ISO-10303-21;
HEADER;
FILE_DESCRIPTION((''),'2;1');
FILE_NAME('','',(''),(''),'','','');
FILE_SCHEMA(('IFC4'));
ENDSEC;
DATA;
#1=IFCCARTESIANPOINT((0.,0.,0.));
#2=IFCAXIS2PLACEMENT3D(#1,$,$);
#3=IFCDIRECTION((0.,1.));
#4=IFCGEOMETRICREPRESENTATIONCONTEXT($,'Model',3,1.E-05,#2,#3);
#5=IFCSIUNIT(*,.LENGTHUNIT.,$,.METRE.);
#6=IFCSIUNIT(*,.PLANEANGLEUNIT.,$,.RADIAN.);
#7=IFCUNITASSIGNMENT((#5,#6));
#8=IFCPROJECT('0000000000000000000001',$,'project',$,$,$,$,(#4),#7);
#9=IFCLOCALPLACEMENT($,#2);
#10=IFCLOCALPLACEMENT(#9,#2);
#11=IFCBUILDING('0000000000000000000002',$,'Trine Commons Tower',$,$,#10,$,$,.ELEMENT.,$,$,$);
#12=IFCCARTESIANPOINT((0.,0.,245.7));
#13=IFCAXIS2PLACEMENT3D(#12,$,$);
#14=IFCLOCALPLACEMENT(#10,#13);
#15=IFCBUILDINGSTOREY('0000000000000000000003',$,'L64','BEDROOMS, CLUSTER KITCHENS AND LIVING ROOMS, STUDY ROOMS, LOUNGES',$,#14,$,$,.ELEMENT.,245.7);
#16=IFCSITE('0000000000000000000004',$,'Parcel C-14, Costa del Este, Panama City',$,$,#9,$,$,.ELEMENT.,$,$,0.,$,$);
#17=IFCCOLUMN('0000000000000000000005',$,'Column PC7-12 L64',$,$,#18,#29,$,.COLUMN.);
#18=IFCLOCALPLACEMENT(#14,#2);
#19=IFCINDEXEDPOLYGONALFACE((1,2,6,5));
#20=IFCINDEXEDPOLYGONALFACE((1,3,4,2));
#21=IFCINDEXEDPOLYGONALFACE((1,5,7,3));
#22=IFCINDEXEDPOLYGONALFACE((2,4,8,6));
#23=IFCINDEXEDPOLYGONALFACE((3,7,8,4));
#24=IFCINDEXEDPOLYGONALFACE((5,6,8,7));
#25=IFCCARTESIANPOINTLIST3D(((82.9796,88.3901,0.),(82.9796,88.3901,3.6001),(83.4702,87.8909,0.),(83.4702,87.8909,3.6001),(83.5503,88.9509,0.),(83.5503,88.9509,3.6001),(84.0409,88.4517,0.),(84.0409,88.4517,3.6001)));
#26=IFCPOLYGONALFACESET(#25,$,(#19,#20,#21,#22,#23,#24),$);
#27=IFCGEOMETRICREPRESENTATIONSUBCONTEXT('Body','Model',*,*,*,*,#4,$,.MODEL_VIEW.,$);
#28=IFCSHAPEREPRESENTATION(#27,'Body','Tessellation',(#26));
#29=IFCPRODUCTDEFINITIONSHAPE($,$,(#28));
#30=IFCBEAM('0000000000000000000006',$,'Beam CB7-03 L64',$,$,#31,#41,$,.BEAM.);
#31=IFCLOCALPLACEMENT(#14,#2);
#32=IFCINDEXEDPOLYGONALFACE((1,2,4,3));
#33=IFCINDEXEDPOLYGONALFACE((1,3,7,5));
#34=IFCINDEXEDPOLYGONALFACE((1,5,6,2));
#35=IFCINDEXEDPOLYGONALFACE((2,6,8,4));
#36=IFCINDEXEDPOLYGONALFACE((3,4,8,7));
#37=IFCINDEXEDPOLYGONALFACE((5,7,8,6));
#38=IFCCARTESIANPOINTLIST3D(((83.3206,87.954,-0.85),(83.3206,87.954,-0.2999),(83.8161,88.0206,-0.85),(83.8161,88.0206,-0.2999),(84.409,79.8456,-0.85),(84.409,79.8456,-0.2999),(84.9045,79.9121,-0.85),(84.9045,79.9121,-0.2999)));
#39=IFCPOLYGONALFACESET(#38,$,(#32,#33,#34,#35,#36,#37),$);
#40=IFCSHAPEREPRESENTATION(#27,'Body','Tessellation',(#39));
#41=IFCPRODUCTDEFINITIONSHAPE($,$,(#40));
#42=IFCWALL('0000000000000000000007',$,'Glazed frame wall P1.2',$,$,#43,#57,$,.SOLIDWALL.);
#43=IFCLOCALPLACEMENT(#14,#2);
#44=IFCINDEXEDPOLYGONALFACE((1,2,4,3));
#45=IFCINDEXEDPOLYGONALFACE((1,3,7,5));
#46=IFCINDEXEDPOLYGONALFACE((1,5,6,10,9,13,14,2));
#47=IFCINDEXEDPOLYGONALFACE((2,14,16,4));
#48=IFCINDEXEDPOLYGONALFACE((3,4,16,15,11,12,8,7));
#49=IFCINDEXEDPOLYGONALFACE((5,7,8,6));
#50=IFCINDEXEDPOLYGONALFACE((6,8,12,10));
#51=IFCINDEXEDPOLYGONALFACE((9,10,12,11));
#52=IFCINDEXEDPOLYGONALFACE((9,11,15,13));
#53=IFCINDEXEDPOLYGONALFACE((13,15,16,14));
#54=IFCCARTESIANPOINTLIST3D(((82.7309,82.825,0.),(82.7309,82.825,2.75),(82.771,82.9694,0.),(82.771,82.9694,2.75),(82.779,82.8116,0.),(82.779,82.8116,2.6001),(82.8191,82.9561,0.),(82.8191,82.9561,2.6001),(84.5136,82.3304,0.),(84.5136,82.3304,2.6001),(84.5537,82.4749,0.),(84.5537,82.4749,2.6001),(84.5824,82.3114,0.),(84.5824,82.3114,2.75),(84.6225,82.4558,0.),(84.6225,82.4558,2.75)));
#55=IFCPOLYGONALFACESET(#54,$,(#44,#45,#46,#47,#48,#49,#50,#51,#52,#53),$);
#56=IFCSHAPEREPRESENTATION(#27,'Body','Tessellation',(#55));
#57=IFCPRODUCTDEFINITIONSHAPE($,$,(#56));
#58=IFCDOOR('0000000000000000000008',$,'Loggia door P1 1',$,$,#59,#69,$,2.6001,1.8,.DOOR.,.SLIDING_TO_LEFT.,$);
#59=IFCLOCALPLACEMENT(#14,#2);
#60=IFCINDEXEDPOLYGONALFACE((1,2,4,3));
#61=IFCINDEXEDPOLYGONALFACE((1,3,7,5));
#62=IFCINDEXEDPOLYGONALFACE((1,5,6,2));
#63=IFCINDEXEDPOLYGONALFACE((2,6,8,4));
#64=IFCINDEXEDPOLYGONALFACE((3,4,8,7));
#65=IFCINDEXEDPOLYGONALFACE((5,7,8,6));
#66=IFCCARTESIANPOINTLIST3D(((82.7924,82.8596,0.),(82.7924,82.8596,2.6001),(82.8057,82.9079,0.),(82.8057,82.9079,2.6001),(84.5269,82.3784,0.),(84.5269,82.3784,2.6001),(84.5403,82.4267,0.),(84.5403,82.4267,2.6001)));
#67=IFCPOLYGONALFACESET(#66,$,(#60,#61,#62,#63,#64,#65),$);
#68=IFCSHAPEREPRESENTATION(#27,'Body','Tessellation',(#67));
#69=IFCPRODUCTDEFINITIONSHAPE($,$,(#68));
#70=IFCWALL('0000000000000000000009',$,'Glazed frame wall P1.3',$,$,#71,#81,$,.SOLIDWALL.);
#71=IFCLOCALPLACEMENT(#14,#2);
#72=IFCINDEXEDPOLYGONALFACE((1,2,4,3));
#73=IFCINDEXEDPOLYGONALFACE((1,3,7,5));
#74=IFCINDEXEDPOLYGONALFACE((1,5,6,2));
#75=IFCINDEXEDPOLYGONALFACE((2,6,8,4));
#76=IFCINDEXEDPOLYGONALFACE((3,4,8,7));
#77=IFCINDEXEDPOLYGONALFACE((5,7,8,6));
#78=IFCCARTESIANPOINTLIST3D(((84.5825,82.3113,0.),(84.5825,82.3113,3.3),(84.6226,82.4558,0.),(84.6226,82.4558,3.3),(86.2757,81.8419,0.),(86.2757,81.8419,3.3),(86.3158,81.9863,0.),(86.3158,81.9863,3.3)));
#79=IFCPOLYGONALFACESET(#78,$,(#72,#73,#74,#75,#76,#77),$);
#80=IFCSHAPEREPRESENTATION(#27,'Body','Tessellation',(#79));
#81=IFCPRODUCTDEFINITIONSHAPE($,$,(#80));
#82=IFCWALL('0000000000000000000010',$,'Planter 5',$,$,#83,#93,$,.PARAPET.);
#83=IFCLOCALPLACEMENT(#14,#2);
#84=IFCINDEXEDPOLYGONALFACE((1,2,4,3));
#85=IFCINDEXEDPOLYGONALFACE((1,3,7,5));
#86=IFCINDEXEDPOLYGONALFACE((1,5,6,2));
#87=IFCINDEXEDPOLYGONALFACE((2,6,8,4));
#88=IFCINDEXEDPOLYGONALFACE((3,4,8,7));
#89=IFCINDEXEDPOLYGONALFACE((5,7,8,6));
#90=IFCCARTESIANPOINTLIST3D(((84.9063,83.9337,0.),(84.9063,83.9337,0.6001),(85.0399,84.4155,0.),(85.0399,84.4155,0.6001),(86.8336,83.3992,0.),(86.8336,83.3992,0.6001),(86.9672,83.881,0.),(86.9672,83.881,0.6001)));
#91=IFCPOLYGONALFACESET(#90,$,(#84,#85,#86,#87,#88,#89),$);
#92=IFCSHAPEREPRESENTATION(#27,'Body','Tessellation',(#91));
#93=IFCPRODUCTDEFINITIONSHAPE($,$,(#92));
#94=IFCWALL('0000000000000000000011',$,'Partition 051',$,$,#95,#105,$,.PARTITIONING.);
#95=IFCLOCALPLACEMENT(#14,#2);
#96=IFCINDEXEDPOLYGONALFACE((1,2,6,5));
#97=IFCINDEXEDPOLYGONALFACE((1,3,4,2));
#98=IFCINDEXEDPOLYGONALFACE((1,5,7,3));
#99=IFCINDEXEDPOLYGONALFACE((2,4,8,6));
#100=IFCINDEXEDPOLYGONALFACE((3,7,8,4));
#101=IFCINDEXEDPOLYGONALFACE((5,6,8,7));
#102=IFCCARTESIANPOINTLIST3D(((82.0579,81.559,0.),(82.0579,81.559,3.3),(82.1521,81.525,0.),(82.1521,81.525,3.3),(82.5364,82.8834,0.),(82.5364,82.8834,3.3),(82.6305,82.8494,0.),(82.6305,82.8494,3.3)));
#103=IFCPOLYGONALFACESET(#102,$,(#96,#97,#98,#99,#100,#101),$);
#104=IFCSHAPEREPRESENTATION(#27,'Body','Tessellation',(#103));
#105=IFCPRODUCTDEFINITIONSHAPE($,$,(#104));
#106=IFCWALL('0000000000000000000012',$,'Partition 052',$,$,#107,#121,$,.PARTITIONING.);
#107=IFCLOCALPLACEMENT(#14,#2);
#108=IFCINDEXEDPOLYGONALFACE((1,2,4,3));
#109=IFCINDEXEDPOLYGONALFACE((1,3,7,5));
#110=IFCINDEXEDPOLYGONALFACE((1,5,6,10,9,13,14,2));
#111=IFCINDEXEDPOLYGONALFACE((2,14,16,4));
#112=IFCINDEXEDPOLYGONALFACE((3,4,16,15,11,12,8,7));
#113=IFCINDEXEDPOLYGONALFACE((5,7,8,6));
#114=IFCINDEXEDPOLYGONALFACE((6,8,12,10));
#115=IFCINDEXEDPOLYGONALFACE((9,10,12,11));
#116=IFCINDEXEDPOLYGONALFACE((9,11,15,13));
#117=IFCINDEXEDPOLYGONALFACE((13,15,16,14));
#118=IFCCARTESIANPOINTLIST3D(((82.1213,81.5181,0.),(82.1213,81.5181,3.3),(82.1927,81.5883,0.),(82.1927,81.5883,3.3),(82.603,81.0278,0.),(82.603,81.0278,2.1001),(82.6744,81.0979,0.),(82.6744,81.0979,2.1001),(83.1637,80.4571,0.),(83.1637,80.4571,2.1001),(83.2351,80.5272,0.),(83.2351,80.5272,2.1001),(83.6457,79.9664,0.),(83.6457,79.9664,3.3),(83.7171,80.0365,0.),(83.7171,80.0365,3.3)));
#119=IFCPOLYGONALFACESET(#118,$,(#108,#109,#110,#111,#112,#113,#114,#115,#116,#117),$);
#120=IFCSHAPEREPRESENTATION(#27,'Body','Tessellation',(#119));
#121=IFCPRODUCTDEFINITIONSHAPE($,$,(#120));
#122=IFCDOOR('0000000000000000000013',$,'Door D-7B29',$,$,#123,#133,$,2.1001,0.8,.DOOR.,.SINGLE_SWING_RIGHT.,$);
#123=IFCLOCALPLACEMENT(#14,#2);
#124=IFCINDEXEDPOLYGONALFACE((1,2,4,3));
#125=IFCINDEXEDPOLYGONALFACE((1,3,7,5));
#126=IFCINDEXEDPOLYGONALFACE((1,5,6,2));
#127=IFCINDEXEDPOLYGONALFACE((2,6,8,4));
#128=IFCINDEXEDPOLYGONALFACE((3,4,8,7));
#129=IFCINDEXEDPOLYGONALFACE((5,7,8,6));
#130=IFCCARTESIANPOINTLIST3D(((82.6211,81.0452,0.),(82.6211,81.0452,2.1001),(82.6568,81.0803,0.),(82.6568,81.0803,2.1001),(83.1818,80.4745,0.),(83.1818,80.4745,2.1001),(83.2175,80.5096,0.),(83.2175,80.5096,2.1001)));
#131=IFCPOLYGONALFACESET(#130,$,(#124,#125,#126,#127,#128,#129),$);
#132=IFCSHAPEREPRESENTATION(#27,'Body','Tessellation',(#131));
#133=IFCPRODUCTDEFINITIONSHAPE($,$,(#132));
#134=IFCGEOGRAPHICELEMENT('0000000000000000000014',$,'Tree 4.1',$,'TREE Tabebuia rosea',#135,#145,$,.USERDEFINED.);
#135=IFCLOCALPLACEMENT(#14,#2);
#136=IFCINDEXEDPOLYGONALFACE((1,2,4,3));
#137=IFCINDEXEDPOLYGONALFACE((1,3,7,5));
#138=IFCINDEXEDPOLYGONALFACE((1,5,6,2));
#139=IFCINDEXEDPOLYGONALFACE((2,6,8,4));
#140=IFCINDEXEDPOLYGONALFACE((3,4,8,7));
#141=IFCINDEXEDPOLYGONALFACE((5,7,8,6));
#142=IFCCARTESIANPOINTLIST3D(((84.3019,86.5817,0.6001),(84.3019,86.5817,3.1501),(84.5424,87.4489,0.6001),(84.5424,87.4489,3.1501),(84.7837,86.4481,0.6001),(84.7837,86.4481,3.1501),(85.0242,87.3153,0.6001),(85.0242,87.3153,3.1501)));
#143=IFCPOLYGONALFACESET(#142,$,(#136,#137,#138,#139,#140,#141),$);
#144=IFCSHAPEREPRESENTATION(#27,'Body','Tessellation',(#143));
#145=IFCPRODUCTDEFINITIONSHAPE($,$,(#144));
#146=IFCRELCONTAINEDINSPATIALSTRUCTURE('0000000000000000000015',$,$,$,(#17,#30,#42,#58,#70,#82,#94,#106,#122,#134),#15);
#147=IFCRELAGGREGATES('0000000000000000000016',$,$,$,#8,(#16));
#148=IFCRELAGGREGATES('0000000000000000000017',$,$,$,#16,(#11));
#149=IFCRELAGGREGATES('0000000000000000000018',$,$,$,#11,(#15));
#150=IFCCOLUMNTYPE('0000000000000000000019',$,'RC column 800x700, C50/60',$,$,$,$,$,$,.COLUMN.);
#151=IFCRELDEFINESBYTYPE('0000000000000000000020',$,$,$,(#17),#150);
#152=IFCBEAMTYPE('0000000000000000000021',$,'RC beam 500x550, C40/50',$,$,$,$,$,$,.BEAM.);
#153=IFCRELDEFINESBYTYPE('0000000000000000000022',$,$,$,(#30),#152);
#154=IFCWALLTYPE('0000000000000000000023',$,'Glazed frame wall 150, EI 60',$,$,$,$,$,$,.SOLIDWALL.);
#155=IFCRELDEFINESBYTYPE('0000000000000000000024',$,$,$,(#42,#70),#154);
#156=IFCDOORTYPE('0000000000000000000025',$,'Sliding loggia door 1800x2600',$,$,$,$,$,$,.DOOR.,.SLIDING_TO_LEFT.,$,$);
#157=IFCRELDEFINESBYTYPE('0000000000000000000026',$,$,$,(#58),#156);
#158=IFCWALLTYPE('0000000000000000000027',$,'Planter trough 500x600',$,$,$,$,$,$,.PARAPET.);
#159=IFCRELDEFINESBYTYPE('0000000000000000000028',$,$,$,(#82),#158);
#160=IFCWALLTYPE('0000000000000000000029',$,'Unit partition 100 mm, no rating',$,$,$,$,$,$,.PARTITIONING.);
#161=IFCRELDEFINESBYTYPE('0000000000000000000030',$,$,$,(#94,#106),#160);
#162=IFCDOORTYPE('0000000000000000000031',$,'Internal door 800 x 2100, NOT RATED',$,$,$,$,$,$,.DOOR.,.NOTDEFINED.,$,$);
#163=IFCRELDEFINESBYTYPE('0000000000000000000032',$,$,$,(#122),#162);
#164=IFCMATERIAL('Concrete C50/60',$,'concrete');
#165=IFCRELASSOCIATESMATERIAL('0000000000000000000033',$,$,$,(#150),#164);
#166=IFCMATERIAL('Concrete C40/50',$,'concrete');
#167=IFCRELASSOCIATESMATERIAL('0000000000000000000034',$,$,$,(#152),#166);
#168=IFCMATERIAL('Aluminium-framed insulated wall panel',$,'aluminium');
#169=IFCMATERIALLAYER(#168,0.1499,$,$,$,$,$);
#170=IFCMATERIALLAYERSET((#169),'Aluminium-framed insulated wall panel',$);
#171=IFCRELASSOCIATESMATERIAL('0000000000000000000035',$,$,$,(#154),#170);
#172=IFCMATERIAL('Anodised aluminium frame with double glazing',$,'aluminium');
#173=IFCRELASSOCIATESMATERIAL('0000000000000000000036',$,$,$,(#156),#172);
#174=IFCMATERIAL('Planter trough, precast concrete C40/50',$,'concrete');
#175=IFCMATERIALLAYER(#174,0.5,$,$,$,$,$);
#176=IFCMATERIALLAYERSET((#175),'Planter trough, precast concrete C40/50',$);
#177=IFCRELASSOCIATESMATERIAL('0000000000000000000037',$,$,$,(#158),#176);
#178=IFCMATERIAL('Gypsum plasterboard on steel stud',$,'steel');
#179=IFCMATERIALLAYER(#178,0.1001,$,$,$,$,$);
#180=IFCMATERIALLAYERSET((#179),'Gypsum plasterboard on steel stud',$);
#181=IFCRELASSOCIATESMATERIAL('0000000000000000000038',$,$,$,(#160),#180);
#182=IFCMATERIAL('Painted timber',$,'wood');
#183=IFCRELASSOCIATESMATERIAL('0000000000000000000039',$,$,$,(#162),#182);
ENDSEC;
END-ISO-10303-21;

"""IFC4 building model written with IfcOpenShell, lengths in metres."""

from ifc_helpers import new_model, si_unit, direction, frame, frame_2d, origin, origin_2d, place, context, subcontext, project, spatial, polyline, rectangle, outline, extrude, material, layer, layer_set, material_profile, profile_set, type_object, element, fill, save


model = new_model("IFC4")

# Units and contexts
model_context = context("Model", 3, precision=1e-05, world=origin(), true_north=direction((0.0, 1.0)))
body_context = subcontext(model_context, "Body", "Model", "MODEL_VIEW")
ifc_project = project(units=[si_unit("LENGTHUNIT", "METRE"), si_unit("PLANEANGLEUNIT", "RADIAN")], contexts=[model_context])

# Site, building, storey
site_placement = place(None, origin())
site = spatial("IfcSite", under=ifc_project, at=site_placement, Name="Parcel C-14, Costa del Este, Panama City", CompositionType="ELEMENT", RefElevation=0.0)
building_placement = place(site_placement, origin())
building = spatial("IfcBuilding", under=site, at=building_placement, Name="Trine Commons Tower", CompositionType="ELEMENT")
storey_placement = place(building_placement, frame((0.0, 0.0, 245.7)))
storey = spatial("IfcBuildingStorey", under=building, at=storey_placement, Name="L64", Description="BEDROOMS, CLUSTER KITCHENS AND LIVING ROOMS, STUDY ROOMS, LOUNGES", CompositionType="ELEMENT", Elevation=245.7)

# Column
ifc_material_1 = material(Name="Concrete C50/60", Category="concrete")
ifc_material_profile_1 = material_profile(ifc_material_1, rectangle(XDim=0.8, YDim=0.7, at=origin_2d()), Name="RC 800x700")
ifc_profile_set_1 = profile_set([ifc_material_profile_1], Name="Concrete C50/60")
column_type = type_object("IfcColumnType", Name="RC column 800x700, C50/60", PredefinedType="COLUMN", material=ifc_profile_set_1)
column_placement = place(storey_placement, frame((83.5103, 88.4209, 0.0), z_axis=(0.0, 0.0, 1.0), x_axis=(0.71325, 0.700909, 0.0)))
element("IfcColumn", 1, at=column_placement, inside=storey, type_object=column_type, Name="Column PC7-12 L64", PredefinedType="COLUMN", context=body_context, shape_type="SweptSolid", body=[
    extrude(rectangle(XDim=0.8, YDim=0.7, at=origin_2d()), origin(), (0.0, 0.0, 1.0), 3.6001),
])

# Beam
ifc_material_2 = material(Name="Concrete C40/50", Category="concrete")
ifc_material_profile_2 = material_profile(ifc_material_2, rectangle(XDim=0.5, YDim=0.55, at=origin_2d()), Name="RC 500x550")
ifc_profile_set_2 = profile_set([ifc_material_profile_2], Name="Concrete C40/50")
beam_type = type_object("IfcBeamType", Name="RC beam 500x550, C40/50", PredefinedType="BEAM", material=ifc_profile_set_2)
beam_placement = place(storey_placement, frame((83.5684, 87.9873, -0.575), z_axis=(0.133035, -0.991111, 0.0), x_axis=(0.991111, 0.133035, 0.0)))
element("IfcBeam", 2, at=beam_placement, inside=storey, type_object=beam_type, Name="Beam CB7-03 L64", PredefinedType="BEAM", context=body_context, shape_type="SweptSolid", body=[
    extrude(rectangle(XDim=0.5, YDim=0.55, at=origin_2d()), origin(), (0.0, 0.0, 1.0), 8.1812),
])

# Shared definitions
ifc_material_3 = material(Name="Aluminium-framed insulated wall panel", Category="aluminium")
ifc_layer_1 = layer(ifc_material_3, 0.1499)
ifc_layer_set_1 = layer_set([ifc_layer_1], Name="Aluminium-framed insulated wall panel")
wall_type_1 = type_object("IfcWallType", Name="Glazed frame wall 150, EI 60", PredefinedType="SOLIDWALL", material=ifc_layer_set_1)

# Wall, opening, door
wall_1_placement = place(storey_placement, frame((82.751, 82.8972, 0.0), z_axis=(0.0, 0.0, 1.0), x_axis=(0.963605, -0.267329, 0.0)))
wall_1 = element("IfcWall", 3, at=wall_1_placement, inside=storey, type_object=wall_type_1, Name="Glazed frame wall P1.2", PredefinedType="SOLIDWALL", context=body_context, shape_type="SweptSolid", body=[
    extrude(outline(polyline([(0.0, -0.075), (1.9214, -0.075), (1.9214, 0.075), (0.0, 0.075), (0.0, -0.075)])), origin(), (0.0, 0.0, 1.0), 2.75),
])
opening_1_placement = place(wall_1_placement, frame((0.05, 0.0, 0.0)))
opening_1 = element("IfcOpeningElement", 4, at=opening_1_placement, cuts=wall_1, PredefinedType="OPENING", context=body_context, shape_type="SweptSolid", body=[
    extrude(rectangle(XDim=1.8, YDim=2.6001, at=frame_2d((0.8999, 1.3))), frame((0.0, 0.085, 0.0), z_axis=(0.0, -1.0, 0.0), x_axis=(1.0, 0.0, 0.0)), (0.0, 0.0, 1.0), 0.1699),
])
ifc_material_4 = material(Name="Anodised aluminium frame with double glazing", Category="aluminium")
door_type_1 = type_object("IfcDoorType", Name="Sliding loggia door 1800x2600", OperationType="SLIDING_TO_LEFT", PredefinedType="DOOR", material=ifc_material_4)
door_1_placement = place(opening_1_placement, origin())
door_1 = element("IfcDoor", 5, at=door_1_placement, inside=storey, type_object=door_type_1, Name="Loggia door P1 1", OperationType="SLIDING_TO_LEFT", OverallHeight=2.6001, OverallWidth=1.8, PredefinedType="DOOR", context=body_context, shape_type="SweptSolid", body=[
    extrude(rectangle(XDim=1.8, YDim=2.6001, at=frame_2d((0.8999, 1.3))), frame((0.0, 0.0249, 0.0), z_axis=(0.0, -1.0, 0.0), x_axis=(1.0, 0.0, 0.0)), (0.0, 0.0, 1.0), 0.05),
])
fill(opening_1, door_1)

# Walls
wall_2_placement = place(storey_placement, frame((84.6025, 82.3835, 0.0), z_axis=(0.0, 0.0, 1.0), x_axis=(0.963649, -0.267171, 0.0)))
element("IfcWall", 6, at=wall_2_placement, inside=storey, type_object=wall_type_1, Name="Glazed frame wall P1.3", PredefinedType="SOLIDWALL", context=body_context, shape_type="SweptSolid", body=[
    extrude(outline(polyline([(0.0, -0.075), (1.7571, -0.075), (1.7571, 0.075), (0.0, 0.075), (0.0, -0.075)])), origin(), (0.0, 0.0, 1.0), 3.3),
])
ifc_material_5 = material(Name="Planter trough, precast concrete C40/50", Category="concrete")
ifc_layer_2 = layer(ifc_material_5, 0.5)
ifc_layer_set_2 = layer_set([ifc_layer_2], Name="Planter trough, precast concrete C40/50")
wall_type_2 = type_object("IfcWallType", Name="Planter trough 500x600", PredefinedType="PARAPET", material=ifc_layer_set_2)
wall_3_placement = place(storey_placement, frame((84.9731, 84.1746, 0.0), z_axis=(0.0, 0.0, 1.0), x_axis=(0.963637, -0.267216, 0.0)))
element("IfcWall", 7, at=wall_3_placement, inside=storey, type_object=wall_type_2, Name="Planter 5", PredefinedType="PARAPET", context=body_context, shape_type="SweptSolid", body=[
    extrude(rectangle(XDim=2.0, YDim=0.5, at=frame_2d((1.0, 0.0))), origin(), (0.0, 0.0, 1.0), 0.6001),
])
ifc_material_6 = material(Name="Gypsum plasterboard on steel stud", Category="steel")
ifc_layer_3 = layer(ifc_material_6, 0.1001)
ifc_layer_set_3 = layer_set([ifc_layer_3], Name="Gypsum plasterboard on steel stud")
wall_type_3 = type_object("IfcWallType", Name="Unit partition 100 mm, no rating", PredefinedType="PARTITIONING", material=ifc_layer_set_3)
wall_4_placement = place(storey_placement, frame((82.105, 81.542, 0.0), z_axis=(0.0, 0.0, 1.0), x_axis=(0.339794, 0.9405, 0.0)))
element("IfcWall", 8, at=wall_4_placement, inside=storey, type_object=wall_type_3, Name="Partition 051", PredefinedType="PARTITIONING", context=body_context, shape_type="SweptSolid", body=[
    extrude(rectangle(XDim=1.4082, YDim=0.1001, at=frame_2d((0.7041, 0.0))), origin(), (0.0, 0.0, 1.0), 3.3),
])

# Wall, opening, door
wall_5_placement = place(storey_placement, frame((82.157, 81.5532, 0.0), z_axis=(0.0, 0.0, 1.0), x_axis=(0.700794, -0.713364, 0.0)))
wall_5 = element("IfcWall", 9, at=wall_5_placement, inside=storey, type_object=wall_type_3, Name="Partition 052", PredefinedType="PARTITIONING", context=body_context, shape_type="SweptSolid", body=[
    extrude(rectangle(XDim=2.1753, YDim=0.1001, at=frame_2d((1.0876, 0.0))), origin(), (0.0, 0.0, 1.0), 3.3),
])
opening_2_placement = place(wall_5_placement, frame((0.6875, 0.0, 0.0)))
opening_2 = element("IfcOpeningElement", 10, at=opening_2_placement, cuts=wall_5, PredefinedType="OPENING", context=body_context, shape_type="SweptSolid", body=[
    extrude(rectangle(XDim=0.8, YDim=2.1001, at=frame_2d((0.3999, 1.05))), frame((0.0, 0.0601, 0.0), z_axis=(0.0, -1.0, 0.0), x_axis=(1.0, 0.0, 0.0)), (0.0, 0.0, 1.0), 0.1201),
])
ifc_material_7 = material(Name="Painted timber", Category="wood")
door_type_2 = type_object("IfcDoorType", Name="Internal door 800 x 2100, NOT RATED", OperationType="NOTDEFINED", PredefinedType="DOOR", material=ifc_material_7)
door_2_placement = place(opening_2_placement, frame((0.8, 0.0, 0.0), z_axis=(0.0, 0.0, 1.0), x_axis=(-1.0, 0.0, 0.0)))
door_2 = element("IfcDoor", 11, at=door_2_placement, inside=storey, type_object=door_type_2, Name="Door D-7B29", OperationType="SINGLE_SWING_RIGHT", OverallHeight=2.1001, OverallWidth=0.8, PredefinedType="DOOR", context=body_context, shape_type="SweptSolid", body=[
    extrude(rectangle(XDim=0.8, YDim=2.1001, at=frame_2d((0.3999, 1.05))), frame((0.0, 0.0249, 0.0), z_axis=(0.0, -1.0, 0.0), x_axis=(1.0, 0.0, 0.0)), (0.0, 0.0, 1.0), 0.05),
])
fill(opening_2, door_2)

# Geographic element
geographic_element_placement = place(storey_placement, frame((84.6631, 86.9485, 0.6001), z_axis=(0.0, 0.0, 1.0), x_axis=(-0.26724, -0.96363, 0.0)))
element("IfcGeographicElement", 12, at=geographic_element_placement, inside=storey, Name="Tree 4.1", ObjectType="TREE Tabebuia rosea", PredefinedType="USERDEFINED", context=body_context, shape_type="SweptSolid", body=[
    extrude(rectangle(XDim=0.8999, YDim=0.5, at=origin_2d()), origin(), (0.0, 0.0, 1.0), 2.55),
])

save(model, "model.ifc")
